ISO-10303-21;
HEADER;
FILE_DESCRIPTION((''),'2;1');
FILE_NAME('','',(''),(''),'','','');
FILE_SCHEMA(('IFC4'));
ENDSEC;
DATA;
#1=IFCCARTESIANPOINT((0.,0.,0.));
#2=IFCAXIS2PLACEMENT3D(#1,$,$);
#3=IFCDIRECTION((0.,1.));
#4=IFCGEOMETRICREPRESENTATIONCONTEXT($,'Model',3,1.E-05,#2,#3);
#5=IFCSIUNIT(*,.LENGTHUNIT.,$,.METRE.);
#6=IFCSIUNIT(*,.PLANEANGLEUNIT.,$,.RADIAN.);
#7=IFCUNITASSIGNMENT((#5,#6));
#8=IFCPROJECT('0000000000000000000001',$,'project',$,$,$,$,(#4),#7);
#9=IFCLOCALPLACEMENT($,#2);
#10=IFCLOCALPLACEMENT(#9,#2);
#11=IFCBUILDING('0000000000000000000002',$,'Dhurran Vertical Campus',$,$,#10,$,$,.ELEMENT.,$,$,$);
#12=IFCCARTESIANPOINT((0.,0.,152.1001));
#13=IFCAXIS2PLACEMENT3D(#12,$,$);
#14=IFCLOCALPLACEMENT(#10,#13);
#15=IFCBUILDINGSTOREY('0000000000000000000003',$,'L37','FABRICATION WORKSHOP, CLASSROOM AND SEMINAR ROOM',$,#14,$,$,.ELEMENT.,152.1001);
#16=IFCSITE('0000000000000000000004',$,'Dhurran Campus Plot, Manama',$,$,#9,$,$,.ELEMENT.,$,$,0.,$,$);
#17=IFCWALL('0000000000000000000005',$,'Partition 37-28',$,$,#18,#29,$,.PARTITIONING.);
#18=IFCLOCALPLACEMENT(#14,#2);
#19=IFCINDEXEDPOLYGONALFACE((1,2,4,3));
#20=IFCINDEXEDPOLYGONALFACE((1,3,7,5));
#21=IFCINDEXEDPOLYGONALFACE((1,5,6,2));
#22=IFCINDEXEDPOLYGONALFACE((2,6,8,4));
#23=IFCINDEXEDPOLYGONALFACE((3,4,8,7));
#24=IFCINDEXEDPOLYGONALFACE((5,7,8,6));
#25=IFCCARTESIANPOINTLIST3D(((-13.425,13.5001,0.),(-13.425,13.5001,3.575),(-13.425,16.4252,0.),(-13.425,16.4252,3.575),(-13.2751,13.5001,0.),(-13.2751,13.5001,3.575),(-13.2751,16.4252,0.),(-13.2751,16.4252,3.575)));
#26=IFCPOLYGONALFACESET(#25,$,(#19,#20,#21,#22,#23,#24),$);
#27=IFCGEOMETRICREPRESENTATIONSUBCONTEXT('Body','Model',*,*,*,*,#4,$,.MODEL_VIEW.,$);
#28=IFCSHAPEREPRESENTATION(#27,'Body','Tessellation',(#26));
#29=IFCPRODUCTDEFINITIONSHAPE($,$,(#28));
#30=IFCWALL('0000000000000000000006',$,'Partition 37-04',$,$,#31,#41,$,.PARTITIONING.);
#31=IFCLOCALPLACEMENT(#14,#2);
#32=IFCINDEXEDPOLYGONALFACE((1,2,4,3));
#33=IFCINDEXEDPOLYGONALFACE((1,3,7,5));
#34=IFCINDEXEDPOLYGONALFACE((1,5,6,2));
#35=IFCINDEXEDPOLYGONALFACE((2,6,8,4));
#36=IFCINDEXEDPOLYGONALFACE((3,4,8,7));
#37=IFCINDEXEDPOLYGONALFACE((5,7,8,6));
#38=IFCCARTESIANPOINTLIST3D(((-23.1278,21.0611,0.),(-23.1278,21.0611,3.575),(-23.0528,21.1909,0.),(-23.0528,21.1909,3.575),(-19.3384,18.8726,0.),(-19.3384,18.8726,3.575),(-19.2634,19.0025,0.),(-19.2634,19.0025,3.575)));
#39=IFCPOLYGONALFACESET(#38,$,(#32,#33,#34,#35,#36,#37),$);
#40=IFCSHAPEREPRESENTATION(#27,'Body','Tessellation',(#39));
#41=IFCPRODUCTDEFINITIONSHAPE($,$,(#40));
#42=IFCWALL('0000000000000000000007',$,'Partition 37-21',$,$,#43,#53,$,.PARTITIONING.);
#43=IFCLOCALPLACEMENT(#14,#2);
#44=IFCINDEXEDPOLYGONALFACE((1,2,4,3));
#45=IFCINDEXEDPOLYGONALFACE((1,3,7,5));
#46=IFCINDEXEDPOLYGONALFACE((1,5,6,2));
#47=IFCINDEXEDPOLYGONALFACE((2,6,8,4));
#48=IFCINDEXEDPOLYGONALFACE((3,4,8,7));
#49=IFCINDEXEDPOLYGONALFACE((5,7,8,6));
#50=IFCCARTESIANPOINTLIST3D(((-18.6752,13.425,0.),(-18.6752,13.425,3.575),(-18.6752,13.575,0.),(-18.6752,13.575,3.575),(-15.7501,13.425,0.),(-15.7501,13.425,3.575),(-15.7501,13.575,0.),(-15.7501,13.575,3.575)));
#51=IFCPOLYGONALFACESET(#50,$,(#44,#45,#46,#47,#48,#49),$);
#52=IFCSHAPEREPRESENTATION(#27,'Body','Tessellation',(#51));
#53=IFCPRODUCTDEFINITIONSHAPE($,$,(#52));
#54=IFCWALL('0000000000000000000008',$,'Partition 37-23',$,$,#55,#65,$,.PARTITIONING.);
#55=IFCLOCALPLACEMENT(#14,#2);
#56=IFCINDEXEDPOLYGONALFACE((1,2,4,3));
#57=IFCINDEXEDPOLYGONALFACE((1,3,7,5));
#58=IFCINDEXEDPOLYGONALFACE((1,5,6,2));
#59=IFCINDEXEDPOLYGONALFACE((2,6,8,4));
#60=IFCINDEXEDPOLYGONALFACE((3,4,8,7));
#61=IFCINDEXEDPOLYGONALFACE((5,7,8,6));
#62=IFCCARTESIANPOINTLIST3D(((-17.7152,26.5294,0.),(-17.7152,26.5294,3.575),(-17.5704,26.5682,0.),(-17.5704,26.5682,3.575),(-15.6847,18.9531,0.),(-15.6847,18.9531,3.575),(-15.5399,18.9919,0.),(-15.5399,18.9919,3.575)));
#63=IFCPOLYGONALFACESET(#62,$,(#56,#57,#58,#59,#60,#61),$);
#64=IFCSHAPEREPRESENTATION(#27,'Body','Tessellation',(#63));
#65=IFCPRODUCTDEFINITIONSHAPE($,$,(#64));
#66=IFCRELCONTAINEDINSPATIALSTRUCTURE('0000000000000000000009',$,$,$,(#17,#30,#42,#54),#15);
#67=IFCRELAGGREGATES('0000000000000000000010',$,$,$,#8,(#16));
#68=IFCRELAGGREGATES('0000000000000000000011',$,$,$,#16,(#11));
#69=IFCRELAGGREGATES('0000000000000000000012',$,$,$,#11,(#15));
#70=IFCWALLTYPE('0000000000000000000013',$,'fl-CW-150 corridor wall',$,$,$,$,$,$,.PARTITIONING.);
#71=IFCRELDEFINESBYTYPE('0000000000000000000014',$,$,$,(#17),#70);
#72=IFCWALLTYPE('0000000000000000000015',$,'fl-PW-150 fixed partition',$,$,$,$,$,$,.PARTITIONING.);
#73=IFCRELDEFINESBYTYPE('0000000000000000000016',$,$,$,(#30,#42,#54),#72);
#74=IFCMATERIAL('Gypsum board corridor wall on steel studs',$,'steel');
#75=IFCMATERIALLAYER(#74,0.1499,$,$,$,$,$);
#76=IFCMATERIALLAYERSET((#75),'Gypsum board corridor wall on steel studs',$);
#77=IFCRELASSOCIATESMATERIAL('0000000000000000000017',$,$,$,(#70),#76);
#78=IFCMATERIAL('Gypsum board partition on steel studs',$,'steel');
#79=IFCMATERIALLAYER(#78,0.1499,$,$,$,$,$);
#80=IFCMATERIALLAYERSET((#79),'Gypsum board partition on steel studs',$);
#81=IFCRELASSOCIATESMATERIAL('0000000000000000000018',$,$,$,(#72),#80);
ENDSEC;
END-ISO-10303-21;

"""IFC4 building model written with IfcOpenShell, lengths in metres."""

from ifc_helpers import new_model, si_unit, direction, frame, frame_2d, origin, place, context, subcontext, project, spatial, rectangle, extrude, material, layer, layer_set, type_object, element, save


model = new_model("IFC4")

# Units and contexts
model_context = context("Model", 3, precision=1e-05, world=origin(), true_north=direction((0.0, 1.0)))
body_context = subcontext(model_context, "Body", "Model", "MODEL_VIEW")
ifc_project = project(units=[si_unit("LENGTHUNIT", "METRE"), si_unit("PLANEANGLEUNIT", "RADIAN")], contexts=[model_context])

# Site, building, storey
site_placement = place(None, origin())
site = spatial("IfcSite", under=ifc_project, at=site_placement, Name="Dhurran Campus Plot, Manama", CompositionType="ELEMENT", RefElevation=0.0)
building_placement = place(site_placement, origin())
building = spatial("IfcBuilding", under=site, at=building_placement, Name="Dhurran Vertical Campus", CompositionType="ELEMENT")
storey_placement = place(building_placement, frame((0.0, 0.0, 152.1001)))
storey = spatial("IfcBuildingStorey", under=building, at=storey_placement, Name="L37", Description="FABRICATION WORKSHOP, CLASSROOM AND SEMINAR ROOM", CompositionType="ELEMENT", Elevation=152.1001)

# Shared definitions
ifc_material_1 = material(Name="Gypsum board corridor wall on steel studs", Category="steel")
ifc_layer_1 = layer(ifc_material_1, 0.1499)
ifc_layer_set_1 = layer_set([ifc_layer_1], Name="Gypsum board corridor wall on steel studs")
wall_type_1 = type_object("IfcWallType", Name="fl-CW-150 corridor wall", PredefinedType="PARTITIONING", material=ifc_layer_set_1)

# Walls
wall_1_placement = place(storey_placement, frame((-13.3501, 16.425, 0.0), z_axis=(0.0, 0.0, 1.0), x_axis=(0.0, -1.0, 0.0)))
element("IfcWall", 1, at=wall_1_placement, inside=storey, type_object=wall_type_1, Name="Partition 37-28", PredefinedType="PARTITIONING", context=body_context, shape_type="SweptSolid", body=[
    extrude(rectangle(XDim=2.925, YDim=0.1499, at=frame_2d((1.4624, 0.0))), origin(), (0.0, 0.0, 1.0), 3.575),
])
ifc_material_2 = material(Name="Gypsum board partition on steel studs", Category="steel")
ifc_layer_2 = layer(ifc_material_2, 0.1499)
ifc_layer_set_2 = layer_set([ifc_layer_2], Name="Gypsum board partition on steel studs")
wall_type_2 = type_object("IfcWallType", Name="fl-PW-150 fixed partition", PredefinedType="PARTITIONING", material=ifc_layer_set_2)
wall_2_placement = place(storey_placement, frame((-23.0903, 21.126, 0.0), z_axis=(0.0, 0.0, 1.0), x_axis=(0.865968, -0.500099, 0.0)))
element("IfcWall", 2, at=wall_2_placement, inside=storey, type_object=wall_type_2, Name="Partition 37-04", PredefinedType="PARTITIONING", context=body_context, shape_type="SweptSolid", body=[
    extrude(rectangle(XDim=4.376, YDim=0.1499, at=frame_2d((2.188, 0.0))), origin(), (0.0, 0.0, 1.0), 3.575),
])
wall_3_placement = place(storey_placement, frame((-18.675, 13.5, 0.0), z_axis=(0.0, 0.0, 1.0), x_axis=(1.0, 0.0, 0.0)))
element("IfcWall", 3, at=wall_3_placement, inside=storey, type_object=wall_type_2, Name="Partition 37-21", PredefinedType="PARTITIONING", context=body_context, shape_type="SweptSolid", body=[
    extrude(rectangle(XDim=2.925, YDim=0.1499, at=frame_2d((1.4624, 0.0))), origin(), (0.0, 0.0, 1.0), 3.575),
])
wall_4_placement = place(storey_placement, frame((-17.6428, 26.5488, 0.0), z_axis=(0.0, 0.0, 1.0), x_axis=(0.258869, -0.965912, 0.0)))
element("IfcWall", 4, at=wall_4_placement, inside=storey, type_object=wall_type_2, Name="Partition 37-23", PredefinedType="PARTITIONING", context=body_context, shape_type="SweptSolid", body=[
    extrude(rectangle(XDim=7.8438, YDim=0.1499, at=frame_2d((3.9219, 0.0))), origin(), (0.0, 0.0, 1.0), 3.575),
])

save(model, "model.ifc")
